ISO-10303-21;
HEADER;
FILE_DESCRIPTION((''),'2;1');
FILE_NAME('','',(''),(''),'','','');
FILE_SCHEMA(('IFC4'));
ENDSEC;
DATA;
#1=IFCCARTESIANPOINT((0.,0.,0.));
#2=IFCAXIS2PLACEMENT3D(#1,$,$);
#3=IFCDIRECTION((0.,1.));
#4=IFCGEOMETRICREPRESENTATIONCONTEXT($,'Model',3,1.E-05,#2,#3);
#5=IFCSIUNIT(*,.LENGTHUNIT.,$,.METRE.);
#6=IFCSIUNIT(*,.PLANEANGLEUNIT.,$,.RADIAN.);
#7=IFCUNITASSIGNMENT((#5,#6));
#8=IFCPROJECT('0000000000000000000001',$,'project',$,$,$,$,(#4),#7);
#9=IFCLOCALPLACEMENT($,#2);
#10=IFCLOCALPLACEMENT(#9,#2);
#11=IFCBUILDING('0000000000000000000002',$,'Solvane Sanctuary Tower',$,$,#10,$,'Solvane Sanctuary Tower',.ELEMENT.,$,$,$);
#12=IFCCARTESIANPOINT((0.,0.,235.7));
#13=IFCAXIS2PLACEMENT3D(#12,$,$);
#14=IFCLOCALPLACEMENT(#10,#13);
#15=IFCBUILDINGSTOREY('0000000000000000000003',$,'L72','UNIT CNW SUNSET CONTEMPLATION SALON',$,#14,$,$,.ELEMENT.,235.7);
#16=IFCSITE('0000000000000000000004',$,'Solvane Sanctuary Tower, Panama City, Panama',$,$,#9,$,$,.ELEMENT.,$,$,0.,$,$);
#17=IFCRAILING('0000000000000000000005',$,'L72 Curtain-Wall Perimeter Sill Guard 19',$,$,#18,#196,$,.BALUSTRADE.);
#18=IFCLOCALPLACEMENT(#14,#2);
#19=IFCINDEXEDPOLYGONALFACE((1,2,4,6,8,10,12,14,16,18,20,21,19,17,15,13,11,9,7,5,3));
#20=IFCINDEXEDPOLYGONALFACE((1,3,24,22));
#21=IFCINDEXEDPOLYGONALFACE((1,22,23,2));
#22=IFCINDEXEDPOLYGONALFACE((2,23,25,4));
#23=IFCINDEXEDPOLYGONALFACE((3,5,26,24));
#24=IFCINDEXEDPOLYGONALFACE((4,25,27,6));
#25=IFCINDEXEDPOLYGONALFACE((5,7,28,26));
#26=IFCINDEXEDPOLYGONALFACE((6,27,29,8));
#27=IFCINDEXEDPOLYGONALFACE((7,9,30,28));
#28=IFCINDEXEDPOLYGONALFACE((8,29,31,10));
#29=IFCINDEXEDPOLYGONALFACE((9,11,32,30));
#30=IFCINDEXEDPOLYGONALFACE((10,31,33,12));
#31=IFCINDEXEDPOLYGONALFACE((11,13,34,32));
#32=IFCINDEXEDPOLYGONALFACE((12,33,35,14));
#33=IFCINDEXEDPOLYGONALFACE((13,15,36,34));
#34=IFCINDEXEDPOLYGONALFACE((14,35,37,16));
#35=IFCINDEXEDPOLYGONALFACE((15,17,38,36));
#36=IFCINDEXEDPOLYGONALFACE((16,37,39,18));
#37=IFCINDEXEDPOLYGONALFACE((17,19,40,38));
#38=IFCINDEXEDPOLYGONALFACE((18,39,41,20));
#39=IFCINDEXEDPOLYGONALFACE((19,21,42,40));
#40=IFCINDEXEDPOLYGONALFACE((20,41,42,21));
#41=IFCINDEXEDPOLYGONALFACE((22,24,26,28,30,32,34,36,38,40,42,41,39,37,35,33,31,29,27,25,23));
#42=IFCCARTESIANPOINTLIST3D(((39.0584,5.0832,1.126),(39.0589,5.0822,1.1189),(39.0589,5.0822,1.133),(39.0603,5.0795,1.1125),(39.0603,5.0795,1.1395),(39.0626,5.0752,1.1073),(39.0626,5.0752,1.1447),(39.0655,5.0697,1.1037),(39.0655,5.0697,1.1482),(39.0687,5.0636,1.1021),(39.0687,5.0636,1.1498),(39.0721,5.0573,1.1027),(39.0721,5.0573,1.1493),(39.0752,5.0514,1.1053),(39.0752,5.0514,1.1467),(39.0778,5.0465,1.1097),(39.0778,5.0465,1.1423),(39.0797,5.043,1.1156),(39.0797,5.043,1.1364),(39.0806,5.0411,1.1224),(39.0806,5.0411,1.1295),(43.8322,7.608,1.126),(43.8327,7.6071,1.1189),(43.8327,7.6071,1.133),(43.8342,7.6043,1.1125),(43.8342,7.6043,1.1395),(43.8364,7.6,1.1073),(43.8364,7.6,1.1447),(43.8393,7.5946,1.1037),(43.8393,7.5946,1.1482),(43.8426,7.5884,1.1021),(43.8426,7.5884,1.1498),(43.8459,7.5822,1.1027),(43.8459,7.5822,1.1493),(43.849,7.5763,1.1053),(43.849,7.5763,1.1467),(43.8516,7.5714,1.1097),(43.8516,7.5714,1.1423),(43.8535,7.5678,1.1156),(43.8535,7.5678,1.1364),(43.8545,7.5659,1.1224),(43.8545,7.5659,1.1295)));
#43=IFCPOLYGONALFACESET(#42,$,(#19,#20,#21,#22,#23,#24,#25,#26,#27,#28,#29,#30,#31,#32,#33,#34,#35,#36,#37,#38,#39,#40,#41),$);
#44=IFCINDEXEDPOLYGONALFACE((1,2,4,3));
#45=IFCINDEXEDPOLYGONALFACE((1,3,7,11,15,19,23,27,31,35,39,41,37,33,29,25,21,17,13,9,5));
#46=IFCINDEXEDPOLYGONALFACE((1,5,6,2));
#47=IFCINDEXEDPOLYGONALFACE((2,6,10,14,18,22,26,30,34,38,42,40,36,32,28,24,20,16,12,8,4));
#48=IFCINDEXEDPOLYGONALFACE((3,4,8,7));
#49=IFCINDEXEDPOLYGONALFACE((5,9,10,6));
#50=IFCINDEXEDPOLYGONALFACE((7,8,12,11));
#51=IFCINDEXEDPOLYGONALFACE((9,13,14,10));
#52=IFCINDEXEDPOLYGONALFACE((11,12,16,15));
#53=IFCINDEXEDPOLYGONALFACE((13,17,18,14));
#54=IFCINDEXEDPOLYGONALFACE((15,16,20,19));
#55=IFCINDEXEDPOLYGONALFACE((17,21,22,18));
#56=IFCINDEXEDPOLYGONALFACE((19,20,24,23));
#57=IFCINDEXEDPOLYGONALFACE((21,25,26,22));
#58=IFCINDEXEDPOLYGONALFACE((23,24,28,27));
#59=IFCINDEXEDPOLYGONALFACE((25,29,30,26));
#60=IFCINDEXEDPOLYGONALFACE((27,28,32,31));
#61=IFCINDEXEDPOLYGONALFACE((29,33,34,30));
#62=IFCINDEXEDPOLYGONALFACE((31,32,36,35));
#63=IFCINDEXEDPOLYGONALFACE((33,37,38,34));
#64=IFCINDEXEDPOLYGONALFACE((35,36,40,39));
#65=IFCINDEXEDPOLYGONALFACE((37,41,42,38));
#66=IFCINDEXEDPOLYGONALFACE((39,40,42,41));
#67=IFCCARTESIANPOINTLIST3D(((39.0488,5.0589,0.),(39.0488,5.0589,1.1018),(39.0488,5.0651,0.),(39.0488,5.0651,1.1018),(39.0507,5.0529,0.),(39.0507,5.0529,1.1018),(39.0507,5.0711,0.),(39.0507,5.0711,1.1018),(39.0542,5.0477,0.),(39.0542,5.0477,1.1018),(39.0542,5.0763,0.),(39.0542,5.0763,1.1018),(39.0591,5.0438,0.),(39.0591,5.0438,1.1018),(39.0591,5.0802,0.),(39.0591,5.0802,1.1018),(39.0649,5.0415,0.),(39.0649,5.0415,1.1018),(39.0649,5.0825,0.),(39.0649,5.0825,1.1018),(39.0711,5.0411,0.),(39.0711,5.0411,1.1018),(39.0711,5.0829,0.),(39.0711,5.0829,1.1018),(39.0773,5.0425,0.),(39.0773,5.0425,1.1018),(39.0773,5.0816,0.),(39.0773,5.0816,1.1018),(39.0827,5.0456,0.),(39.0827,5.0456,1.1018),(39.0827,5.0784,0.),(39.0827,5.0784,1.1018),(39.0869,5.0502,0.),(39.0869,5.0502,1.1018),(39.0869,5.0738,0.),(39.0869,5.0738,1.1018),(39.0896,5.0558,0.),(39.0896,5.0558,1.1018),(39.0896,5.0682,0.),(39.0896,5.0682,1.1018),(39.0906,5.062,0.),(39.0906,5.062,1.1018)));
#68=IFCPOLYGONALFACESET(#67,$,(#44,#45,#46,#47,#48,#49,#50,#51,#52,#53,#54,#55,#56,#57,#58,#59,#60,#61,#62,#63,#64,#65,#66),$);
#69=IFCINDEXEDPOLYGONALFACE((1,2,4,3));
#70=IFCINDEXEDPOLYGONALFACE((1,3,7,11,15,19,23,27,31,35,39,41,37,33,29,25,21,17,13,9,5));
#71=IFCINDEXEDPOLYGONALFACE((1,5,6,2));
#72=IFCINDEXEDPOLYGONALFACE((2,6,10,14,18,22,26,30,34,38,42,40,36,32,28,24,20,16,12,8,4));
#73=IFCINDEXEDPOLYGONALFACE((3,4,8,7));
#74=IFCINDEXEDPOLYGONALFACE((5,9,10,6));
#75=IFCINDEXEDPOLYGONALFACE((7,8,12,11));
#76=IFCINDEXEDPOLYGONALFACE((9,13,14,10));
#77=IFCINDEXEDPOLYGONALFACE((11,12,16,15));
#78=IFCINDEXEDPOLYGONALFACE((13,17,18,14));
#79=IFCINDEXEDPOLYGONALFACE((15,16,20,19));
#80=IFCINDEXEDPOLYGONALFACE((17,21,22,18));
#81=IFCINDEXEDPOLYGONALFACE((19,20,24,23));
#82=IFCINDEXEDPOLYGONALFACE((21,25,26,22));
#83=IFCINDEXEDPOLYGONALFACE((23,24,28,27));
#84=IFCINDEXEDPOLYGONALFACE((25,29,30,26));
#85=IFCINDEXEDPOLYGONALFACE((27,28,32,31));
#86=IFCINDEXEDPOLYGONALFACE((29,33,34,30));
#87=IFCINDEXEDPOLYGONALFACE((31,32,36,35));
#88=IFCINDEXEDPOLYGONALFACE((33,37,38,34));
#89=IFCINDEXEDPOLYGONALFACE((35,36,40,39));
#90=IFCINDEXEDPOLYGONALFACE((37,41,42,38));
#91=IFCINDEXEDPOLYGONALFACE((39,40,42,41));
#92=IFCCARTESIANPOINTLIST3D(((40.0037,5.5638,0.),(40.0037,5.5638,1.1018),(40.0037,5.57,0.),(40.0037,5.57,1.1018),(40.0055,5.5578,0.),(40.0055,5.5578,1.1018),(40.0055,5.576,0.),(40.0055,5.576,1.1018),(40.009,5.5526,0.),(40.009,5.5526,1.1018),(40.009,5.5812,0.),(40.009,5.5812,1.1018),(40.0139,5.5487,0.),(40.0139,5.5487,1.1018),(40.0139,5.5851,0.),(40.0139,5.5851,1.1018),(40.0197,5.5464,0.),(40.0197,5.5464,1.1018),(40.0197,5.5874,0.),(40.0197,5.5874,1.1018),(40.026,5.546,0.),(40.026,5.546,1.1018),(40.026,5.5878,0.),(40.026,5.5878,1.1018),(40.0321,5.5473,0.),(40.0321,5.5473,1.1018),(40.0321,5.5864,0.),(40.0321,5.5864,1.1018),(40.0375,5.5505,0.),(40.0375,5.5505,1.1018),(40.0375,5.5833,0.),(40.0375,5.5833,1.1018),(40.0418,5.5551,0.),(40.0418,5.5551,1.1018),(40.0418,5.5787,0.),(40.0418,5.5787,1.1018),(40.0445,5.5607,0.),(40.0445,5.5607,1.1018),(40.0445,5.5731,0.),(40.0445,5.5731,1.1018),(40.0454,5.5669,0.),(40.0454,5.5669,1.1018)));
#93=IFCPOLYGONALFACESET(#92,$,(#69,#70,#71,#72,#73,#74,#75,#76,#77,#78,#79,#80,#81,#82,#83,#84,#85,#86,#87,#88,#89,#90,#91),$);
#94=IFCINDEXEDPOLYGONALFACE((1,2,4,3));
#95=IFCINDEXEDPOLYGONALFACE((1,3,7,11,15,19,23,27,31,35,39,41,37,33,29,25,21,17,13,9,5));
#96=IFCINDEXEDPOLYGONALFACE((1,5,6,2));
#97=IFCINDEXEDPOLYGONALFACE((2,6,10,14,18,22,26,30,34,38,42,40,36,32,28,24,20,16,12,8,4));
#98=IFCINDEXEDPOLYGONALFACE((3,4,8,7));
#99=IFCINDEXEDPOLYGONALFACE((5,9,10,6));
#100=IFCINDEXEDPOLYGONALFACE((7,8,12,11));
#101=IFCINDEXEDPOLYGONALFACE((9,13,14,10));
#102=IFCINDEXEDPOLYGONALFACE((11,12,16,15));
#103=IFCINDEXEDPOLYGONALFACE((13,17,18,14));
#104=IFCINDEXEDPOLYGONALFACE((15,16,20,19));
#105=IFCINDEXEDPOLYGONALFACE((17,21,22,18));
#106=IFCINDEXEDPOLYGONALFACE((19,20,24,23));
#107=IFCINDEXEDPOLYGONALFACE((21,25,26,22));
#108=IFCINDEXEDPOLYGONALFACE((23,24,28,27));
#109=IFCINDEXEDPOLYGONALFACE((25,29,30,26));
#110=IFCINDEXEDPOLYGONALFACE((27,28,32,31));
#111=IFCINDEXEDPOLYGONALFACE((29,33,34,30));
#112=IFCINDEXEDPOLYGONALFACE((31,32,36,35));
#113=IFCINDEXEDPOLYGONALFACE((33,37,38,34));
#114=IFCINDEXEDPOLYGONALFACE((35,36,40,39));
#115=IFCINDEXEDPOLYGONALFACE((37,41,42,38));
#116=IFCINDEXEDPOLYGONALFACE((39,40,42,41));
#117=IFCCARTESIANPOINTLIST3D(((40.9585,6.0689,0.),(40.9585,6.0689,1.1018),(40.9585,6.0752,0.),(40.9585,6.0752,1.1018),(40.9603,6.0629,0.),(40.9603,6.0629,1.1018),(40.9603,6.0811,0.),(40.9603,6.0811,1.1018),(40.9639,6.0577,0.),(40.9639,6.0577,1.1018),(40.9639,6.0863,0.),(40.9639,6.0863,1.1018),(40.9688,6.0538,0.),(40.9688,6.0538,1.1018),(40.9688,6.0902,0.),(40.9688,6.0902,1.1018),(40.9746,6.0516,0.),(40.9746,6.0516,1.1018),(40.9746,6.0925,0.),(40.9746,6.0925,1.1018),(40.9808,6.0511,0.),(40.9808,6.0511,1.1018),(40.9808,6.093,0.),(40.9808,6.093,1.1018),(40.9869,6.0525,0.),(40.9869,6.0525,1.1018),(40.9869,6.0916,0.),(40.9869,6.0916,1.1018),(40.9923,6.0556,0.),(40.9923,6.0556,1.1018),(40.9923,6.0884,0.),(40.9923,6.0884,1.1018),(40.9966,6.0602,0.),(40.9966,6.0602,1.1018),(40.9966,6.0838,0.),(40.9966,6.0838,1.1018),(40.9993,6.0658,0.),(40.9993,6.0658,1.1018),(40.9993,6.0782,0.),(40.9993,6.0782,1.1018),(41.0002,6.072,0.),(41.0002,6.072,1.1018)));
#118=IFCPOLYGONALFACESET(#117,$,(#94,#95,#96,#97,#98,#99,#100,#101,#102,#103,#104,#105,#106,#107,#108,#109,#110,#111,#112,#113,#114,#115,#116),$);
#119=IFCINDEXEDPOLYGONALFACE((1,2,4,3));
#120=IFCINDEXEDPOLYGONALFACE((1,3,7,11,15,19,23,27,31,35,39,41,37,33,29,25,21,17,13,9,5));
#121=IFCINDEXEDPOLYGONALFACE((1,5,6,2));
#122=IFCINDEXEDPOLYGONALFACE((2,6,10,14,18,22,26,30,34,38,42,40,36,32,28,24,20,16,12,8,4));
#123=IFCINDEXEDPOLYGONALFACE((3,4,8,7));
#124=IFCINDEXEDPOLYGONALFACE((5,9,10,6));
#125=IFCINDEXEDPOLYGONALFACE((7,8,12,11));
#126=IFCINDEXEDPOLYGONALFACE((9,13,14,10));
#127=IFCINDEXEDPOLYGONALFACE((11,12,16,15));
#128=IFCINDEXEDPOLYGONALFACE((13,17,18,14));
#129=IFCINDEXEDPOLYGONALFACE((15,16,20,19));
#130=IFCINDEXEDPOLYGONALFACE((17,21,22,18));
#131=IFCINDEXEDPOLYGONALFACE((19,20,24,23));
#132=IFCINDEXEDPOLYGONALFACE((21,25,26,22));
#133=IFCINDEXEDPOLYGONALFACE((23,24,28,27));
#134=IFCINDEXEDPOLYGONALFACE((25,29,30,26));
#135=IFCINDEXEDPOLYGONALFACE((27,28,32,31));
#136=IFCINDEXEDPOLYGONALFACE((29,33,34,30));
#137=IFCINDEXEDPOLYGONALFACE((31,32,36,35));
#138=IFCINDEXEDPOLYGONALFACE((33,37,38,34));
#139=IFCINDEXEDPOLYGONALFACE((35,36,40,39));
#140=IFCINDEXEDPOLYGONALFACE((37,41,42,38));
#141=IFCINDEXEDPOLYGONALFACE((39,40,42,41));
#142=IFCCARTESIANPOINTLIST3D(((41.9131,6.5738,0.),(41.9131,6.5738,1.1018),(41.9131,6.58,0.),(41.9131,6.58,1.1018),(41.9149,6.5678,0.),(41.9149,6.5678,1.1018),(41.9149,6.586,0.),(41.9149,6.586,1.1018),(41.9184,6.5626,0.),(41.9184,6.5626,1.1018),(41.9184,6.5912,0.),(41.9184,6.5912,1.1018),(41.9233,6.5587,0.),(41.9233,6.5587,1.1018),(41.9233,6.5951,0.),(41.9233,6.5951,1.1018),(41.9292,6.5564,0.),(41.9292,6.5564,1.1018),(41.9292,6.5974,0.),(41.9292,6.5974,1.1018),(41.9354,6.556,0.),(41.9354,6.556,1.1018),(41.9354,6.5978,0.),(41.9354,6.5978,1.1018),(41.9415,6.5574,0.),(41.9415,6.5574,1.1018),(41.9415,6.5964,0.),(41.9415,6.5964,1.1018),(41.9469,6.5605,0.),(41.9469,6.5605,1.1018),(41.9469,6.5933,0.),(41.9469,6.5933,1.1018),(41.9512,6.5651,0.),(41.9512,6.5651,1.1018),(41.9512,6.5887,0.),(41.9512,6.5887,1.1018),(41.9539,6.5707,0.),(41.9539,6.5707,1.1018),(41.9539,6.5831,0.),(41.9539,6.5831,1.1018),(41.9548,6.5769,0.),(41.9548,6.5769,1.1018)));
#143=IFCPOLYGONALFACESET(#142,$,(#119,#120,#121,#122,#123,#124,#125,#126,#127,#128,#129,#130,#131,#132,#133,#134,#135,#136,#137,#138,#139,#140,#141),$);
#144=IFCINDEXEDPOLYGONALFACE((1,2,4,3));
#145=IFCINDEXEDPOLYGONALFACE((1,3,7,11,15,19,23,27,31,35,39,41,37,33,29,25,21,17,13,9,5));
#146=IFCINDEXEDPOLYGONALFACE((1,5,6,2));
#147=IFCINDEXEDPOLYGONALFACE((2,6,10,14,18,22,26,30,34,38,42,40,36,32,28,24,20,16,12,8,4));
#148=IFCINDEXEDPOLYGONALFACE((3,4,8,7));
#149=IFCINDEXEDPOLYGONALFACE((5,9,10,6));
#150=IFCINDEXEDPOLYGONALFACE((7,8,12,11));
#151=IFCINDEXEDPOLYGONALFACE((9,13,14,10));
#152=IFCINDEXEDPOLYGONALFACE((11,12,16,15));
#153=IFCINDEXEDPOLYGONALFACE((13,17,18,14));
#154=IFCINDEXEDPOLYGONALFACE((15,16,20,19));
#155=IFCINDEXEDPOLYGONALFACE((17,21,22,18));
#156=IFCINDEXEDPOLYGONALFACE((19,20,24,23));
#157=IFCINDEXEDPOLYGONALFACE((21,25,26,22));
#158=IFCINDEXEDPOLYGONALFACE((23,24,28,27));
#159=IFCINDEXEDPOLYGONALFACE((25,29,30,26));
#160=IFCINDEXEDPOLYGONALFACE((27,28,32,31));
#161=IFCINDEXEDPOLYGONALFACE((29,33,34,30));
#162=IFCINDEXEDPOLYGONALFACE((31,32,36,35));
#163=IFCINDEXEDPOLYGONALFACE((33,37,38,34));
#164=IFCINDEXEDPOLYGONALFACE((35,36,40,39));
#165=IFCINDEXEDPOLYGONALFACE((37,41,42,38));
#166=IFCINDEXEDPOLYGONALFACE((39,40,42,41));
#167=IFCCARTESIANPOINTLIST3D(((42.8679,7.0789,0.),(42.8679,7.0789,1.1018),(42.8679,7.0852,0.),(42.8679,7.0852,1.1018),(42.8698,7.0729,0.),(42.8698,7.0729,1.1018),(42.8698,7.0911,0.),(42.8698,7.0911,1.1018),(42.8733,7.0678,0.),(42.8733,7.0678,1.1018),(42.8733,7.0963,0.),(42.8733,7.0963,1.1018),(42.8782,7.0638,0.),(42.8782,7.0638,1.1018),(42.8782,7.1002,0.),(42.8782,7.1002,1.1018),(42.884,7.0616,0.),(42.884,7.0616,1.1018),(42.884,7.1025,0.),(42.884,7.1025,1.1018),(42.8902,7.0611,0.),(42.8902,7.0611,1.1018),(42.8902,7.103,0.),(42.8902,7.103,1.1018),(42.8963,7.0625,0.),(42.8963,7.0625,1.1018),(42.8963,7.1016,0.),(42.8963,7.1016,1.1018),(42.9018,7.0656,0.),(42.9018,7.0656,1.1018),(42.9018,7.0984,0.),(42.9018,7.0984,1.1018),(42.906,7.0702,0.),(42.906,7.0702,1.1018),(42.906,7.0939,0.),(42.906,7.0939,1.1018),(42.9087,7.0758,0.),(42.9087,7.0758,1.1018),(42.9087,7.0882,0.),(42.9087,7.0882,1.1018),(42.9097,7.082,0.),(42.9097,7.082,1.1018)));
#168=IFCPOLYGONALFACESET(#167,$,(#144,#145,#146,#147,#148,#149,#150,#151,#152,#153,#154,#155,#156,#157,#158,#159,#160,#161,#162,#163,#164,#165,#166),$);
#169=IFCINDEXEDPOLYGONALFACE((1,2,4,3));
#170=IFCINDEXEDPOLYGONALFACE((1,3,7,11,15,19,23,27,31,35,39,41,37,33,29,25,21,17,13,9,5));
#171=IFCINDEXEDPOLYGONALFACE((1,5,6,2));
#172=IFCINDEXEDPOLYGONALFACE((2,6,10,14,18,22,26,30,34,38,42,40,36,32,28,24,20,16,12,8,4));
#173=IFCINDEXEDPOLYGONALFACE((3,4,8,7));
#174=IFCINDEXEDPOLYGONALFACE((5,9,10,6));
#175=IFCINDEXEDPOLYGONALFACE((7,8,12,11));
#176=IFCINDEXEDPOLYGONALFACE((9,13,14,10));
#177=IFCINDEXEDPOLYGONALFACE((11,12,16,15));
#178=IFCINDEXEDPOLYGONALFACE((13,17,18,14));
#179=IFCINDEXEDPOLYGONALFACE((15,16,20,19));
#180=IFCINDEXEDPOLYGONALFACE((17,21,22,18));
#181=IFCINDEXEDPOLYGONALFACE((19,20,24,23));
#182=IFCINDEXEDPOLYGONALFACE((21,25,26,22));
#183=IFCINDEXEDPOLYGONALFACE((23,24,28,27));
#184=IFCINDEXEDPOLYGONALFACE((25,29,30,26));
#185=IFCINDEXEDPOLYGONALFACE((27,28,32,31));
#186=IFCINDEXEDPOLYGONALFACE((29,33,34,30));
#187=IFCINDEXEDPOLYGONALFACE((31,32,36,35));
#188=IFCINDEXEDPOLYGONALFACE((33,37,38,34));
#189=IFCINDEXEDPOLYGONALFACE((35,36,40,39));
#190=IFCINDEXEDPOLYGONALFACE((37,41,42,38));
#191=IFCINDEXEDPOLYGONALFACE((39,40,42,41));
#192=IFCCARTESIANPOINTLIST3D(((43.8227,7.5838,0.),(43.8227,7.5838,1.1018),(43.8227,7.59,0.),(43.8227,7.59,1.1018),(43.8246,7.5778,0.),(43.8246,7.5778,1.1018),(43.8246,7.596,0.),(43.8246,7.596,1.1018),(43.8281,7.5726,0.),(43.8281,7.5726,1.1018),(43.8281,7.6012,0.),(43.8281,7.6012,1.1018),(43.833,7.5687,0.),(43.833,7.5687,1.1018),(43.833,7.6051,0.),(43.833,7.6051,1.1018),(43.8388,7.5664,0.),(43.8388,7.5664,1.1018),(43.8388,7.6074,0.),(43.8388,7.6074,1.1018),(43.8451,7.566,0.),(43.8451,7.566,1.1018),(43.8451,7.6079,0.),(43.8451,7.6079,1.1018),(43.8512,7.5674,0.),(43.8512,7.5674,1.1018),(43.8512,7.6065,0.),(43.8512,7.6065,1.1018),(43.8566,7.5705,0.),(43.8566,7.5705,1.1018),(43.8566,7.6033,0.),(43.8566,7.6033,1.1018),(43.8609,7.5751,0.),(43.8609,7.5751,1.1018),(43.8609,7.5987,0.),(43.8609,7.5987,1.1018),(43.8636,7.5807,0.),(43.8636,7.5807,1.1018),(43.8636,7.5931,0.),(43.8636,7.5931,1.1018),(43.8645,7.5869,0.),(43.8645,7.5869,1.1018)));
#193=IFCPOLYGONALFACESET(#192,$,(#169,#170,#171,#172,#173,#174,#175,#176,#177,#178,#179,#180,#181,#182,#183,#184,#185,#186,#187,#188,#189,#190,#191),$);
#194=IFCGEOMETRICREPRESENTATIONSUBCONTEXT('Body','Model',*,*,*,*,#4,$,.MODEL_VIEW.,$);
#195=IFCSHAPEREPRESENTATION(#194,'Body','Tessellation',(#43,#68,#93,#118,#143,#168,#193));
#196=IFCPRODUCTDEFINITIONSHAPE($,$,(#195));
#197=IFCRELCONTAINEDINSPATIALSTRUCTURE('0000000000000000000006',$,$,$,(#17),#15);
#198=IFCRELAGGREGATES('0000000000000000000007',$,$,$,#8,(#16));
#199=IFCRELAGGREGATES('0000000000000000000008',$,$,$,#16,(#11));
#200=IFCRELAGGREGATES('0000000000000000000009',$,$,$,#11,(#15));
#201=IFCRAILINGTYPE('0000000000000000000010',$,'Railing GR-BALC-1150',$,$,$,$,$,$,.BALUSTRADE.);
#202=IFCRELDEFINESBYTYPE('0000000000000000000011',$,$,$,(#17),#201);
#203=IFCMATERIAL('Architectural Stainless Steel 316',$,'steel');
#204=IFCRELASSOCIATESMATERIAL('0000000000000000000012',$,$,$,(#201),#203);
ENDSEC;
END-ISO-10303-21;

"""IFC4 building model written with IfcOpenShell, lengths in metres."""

from ifc_helpers import new_model, si_unit, direction, frame, origin, origin_2d, place, context, subcontext, project, spatial, circle, extrude, material, type_object, element, save


model = new_model("IFC4")

# Units and contexts
model_context = context("Model", 3, precision=1e-05, world=origin(), true_north=direction((0.0, 1.0)))
body_context = subcontext(model_context, "Body", "Model", "MODEL_VIEW")
ifc_project = project(units=[si_unit("LENGTHUNIT", "METRE"), si_unit("PLANEANGLEUNIT", "RADIAN")], contexts=[model_context])

# Site, building, storey
site_placement = place(None, origin())
site = spatial("IfcSite", under=ifc_project, at=site_placement, Name="Solvane Sanctuary Tower, Panama City, Panama", CompositionType="ELEMENT", RefElevation=0.0)
building_placement = place(site_placement, origin())
building = spatial("IfcBuilding", under=site, at=building_placement, Name="Solvane Sanctuary Tower", LongName="Solvane Sanctuary Tower", CompositionType="ELEMENT")
storey_placement = place(building_placement, frame((0.0, 0.0, 235.7)))
storey = spatial("IfcBuildingStorey", under=building, at=storey_placement, Name="L72", Description="UNIT CNW SUNSET CONTEMPLATION SALON", CompositionType="ELEMENT", Elevation=235.7)

# Railing
ifc_material_1 = material(Name="Architectural Stainless Steel 316", Category="steel")
railing_type = type_object("IfcRailingType", Name="Railing GR-BALC-1150", PredefinedType="BALUSTRADE", material=ifc_material_1)
railing_placement = place(storey_placement, frame((39.0696, 5.062, 0.0)))
element("IfcRailing", 1, at=railing_placement, inside=storey, type_object=railing_type, Name="L72 Curtain-Wall Perimeter Sill Guard 19", PredefinedType="BALUSTRADE", context=body_context, shape_type="SweptSolid", body=[
    extrude(circle(Radius=0.0239, at=origin_2d()), frame((0.0, 0.0, 1.126), z_axis=(0.883977, 0.46753, 0.0), x_axis=(-0.46753, 0.883977, 0.0)), (0.0, 0.0, 1.0), 5.4004),
    extrude(circle(Radius=0.021, at=origin_2d()), origin(), (0.0, 0.0, 1.0), 1.1018),
    extrude(circle(Radius=0.021, at=origin_2d()), frame((0.9548, 0.5049, 0.0)), (0.0, 0.0, 1.0), 1.1018),
    extrude(circle(Radius=0.021, at=origin_2d()), frame((1.9097, 1.01, 0.0)), (0.0, 0.0, 1.0), 1.1018),
    extrude(circle(Radius=0.021, at=origin_2d()), frame((2.8643, 1.5149, 0.0)), (0.0, 0.0, 1.0), 1.1018),
    extrude(circle(Radius=0.021, at=origin_2d()), frame((3.8191, 2.02, 0.0)), (0.0, 0.0, 1.0), 1.1018),
    extrude(circle(Radius=0.021, at=origin_2d()), frame((4.7739, 2.5249, 0.0)), (0.0, 0.0, 1.0), 1.1018),
])

save(model, "model.ifc")
